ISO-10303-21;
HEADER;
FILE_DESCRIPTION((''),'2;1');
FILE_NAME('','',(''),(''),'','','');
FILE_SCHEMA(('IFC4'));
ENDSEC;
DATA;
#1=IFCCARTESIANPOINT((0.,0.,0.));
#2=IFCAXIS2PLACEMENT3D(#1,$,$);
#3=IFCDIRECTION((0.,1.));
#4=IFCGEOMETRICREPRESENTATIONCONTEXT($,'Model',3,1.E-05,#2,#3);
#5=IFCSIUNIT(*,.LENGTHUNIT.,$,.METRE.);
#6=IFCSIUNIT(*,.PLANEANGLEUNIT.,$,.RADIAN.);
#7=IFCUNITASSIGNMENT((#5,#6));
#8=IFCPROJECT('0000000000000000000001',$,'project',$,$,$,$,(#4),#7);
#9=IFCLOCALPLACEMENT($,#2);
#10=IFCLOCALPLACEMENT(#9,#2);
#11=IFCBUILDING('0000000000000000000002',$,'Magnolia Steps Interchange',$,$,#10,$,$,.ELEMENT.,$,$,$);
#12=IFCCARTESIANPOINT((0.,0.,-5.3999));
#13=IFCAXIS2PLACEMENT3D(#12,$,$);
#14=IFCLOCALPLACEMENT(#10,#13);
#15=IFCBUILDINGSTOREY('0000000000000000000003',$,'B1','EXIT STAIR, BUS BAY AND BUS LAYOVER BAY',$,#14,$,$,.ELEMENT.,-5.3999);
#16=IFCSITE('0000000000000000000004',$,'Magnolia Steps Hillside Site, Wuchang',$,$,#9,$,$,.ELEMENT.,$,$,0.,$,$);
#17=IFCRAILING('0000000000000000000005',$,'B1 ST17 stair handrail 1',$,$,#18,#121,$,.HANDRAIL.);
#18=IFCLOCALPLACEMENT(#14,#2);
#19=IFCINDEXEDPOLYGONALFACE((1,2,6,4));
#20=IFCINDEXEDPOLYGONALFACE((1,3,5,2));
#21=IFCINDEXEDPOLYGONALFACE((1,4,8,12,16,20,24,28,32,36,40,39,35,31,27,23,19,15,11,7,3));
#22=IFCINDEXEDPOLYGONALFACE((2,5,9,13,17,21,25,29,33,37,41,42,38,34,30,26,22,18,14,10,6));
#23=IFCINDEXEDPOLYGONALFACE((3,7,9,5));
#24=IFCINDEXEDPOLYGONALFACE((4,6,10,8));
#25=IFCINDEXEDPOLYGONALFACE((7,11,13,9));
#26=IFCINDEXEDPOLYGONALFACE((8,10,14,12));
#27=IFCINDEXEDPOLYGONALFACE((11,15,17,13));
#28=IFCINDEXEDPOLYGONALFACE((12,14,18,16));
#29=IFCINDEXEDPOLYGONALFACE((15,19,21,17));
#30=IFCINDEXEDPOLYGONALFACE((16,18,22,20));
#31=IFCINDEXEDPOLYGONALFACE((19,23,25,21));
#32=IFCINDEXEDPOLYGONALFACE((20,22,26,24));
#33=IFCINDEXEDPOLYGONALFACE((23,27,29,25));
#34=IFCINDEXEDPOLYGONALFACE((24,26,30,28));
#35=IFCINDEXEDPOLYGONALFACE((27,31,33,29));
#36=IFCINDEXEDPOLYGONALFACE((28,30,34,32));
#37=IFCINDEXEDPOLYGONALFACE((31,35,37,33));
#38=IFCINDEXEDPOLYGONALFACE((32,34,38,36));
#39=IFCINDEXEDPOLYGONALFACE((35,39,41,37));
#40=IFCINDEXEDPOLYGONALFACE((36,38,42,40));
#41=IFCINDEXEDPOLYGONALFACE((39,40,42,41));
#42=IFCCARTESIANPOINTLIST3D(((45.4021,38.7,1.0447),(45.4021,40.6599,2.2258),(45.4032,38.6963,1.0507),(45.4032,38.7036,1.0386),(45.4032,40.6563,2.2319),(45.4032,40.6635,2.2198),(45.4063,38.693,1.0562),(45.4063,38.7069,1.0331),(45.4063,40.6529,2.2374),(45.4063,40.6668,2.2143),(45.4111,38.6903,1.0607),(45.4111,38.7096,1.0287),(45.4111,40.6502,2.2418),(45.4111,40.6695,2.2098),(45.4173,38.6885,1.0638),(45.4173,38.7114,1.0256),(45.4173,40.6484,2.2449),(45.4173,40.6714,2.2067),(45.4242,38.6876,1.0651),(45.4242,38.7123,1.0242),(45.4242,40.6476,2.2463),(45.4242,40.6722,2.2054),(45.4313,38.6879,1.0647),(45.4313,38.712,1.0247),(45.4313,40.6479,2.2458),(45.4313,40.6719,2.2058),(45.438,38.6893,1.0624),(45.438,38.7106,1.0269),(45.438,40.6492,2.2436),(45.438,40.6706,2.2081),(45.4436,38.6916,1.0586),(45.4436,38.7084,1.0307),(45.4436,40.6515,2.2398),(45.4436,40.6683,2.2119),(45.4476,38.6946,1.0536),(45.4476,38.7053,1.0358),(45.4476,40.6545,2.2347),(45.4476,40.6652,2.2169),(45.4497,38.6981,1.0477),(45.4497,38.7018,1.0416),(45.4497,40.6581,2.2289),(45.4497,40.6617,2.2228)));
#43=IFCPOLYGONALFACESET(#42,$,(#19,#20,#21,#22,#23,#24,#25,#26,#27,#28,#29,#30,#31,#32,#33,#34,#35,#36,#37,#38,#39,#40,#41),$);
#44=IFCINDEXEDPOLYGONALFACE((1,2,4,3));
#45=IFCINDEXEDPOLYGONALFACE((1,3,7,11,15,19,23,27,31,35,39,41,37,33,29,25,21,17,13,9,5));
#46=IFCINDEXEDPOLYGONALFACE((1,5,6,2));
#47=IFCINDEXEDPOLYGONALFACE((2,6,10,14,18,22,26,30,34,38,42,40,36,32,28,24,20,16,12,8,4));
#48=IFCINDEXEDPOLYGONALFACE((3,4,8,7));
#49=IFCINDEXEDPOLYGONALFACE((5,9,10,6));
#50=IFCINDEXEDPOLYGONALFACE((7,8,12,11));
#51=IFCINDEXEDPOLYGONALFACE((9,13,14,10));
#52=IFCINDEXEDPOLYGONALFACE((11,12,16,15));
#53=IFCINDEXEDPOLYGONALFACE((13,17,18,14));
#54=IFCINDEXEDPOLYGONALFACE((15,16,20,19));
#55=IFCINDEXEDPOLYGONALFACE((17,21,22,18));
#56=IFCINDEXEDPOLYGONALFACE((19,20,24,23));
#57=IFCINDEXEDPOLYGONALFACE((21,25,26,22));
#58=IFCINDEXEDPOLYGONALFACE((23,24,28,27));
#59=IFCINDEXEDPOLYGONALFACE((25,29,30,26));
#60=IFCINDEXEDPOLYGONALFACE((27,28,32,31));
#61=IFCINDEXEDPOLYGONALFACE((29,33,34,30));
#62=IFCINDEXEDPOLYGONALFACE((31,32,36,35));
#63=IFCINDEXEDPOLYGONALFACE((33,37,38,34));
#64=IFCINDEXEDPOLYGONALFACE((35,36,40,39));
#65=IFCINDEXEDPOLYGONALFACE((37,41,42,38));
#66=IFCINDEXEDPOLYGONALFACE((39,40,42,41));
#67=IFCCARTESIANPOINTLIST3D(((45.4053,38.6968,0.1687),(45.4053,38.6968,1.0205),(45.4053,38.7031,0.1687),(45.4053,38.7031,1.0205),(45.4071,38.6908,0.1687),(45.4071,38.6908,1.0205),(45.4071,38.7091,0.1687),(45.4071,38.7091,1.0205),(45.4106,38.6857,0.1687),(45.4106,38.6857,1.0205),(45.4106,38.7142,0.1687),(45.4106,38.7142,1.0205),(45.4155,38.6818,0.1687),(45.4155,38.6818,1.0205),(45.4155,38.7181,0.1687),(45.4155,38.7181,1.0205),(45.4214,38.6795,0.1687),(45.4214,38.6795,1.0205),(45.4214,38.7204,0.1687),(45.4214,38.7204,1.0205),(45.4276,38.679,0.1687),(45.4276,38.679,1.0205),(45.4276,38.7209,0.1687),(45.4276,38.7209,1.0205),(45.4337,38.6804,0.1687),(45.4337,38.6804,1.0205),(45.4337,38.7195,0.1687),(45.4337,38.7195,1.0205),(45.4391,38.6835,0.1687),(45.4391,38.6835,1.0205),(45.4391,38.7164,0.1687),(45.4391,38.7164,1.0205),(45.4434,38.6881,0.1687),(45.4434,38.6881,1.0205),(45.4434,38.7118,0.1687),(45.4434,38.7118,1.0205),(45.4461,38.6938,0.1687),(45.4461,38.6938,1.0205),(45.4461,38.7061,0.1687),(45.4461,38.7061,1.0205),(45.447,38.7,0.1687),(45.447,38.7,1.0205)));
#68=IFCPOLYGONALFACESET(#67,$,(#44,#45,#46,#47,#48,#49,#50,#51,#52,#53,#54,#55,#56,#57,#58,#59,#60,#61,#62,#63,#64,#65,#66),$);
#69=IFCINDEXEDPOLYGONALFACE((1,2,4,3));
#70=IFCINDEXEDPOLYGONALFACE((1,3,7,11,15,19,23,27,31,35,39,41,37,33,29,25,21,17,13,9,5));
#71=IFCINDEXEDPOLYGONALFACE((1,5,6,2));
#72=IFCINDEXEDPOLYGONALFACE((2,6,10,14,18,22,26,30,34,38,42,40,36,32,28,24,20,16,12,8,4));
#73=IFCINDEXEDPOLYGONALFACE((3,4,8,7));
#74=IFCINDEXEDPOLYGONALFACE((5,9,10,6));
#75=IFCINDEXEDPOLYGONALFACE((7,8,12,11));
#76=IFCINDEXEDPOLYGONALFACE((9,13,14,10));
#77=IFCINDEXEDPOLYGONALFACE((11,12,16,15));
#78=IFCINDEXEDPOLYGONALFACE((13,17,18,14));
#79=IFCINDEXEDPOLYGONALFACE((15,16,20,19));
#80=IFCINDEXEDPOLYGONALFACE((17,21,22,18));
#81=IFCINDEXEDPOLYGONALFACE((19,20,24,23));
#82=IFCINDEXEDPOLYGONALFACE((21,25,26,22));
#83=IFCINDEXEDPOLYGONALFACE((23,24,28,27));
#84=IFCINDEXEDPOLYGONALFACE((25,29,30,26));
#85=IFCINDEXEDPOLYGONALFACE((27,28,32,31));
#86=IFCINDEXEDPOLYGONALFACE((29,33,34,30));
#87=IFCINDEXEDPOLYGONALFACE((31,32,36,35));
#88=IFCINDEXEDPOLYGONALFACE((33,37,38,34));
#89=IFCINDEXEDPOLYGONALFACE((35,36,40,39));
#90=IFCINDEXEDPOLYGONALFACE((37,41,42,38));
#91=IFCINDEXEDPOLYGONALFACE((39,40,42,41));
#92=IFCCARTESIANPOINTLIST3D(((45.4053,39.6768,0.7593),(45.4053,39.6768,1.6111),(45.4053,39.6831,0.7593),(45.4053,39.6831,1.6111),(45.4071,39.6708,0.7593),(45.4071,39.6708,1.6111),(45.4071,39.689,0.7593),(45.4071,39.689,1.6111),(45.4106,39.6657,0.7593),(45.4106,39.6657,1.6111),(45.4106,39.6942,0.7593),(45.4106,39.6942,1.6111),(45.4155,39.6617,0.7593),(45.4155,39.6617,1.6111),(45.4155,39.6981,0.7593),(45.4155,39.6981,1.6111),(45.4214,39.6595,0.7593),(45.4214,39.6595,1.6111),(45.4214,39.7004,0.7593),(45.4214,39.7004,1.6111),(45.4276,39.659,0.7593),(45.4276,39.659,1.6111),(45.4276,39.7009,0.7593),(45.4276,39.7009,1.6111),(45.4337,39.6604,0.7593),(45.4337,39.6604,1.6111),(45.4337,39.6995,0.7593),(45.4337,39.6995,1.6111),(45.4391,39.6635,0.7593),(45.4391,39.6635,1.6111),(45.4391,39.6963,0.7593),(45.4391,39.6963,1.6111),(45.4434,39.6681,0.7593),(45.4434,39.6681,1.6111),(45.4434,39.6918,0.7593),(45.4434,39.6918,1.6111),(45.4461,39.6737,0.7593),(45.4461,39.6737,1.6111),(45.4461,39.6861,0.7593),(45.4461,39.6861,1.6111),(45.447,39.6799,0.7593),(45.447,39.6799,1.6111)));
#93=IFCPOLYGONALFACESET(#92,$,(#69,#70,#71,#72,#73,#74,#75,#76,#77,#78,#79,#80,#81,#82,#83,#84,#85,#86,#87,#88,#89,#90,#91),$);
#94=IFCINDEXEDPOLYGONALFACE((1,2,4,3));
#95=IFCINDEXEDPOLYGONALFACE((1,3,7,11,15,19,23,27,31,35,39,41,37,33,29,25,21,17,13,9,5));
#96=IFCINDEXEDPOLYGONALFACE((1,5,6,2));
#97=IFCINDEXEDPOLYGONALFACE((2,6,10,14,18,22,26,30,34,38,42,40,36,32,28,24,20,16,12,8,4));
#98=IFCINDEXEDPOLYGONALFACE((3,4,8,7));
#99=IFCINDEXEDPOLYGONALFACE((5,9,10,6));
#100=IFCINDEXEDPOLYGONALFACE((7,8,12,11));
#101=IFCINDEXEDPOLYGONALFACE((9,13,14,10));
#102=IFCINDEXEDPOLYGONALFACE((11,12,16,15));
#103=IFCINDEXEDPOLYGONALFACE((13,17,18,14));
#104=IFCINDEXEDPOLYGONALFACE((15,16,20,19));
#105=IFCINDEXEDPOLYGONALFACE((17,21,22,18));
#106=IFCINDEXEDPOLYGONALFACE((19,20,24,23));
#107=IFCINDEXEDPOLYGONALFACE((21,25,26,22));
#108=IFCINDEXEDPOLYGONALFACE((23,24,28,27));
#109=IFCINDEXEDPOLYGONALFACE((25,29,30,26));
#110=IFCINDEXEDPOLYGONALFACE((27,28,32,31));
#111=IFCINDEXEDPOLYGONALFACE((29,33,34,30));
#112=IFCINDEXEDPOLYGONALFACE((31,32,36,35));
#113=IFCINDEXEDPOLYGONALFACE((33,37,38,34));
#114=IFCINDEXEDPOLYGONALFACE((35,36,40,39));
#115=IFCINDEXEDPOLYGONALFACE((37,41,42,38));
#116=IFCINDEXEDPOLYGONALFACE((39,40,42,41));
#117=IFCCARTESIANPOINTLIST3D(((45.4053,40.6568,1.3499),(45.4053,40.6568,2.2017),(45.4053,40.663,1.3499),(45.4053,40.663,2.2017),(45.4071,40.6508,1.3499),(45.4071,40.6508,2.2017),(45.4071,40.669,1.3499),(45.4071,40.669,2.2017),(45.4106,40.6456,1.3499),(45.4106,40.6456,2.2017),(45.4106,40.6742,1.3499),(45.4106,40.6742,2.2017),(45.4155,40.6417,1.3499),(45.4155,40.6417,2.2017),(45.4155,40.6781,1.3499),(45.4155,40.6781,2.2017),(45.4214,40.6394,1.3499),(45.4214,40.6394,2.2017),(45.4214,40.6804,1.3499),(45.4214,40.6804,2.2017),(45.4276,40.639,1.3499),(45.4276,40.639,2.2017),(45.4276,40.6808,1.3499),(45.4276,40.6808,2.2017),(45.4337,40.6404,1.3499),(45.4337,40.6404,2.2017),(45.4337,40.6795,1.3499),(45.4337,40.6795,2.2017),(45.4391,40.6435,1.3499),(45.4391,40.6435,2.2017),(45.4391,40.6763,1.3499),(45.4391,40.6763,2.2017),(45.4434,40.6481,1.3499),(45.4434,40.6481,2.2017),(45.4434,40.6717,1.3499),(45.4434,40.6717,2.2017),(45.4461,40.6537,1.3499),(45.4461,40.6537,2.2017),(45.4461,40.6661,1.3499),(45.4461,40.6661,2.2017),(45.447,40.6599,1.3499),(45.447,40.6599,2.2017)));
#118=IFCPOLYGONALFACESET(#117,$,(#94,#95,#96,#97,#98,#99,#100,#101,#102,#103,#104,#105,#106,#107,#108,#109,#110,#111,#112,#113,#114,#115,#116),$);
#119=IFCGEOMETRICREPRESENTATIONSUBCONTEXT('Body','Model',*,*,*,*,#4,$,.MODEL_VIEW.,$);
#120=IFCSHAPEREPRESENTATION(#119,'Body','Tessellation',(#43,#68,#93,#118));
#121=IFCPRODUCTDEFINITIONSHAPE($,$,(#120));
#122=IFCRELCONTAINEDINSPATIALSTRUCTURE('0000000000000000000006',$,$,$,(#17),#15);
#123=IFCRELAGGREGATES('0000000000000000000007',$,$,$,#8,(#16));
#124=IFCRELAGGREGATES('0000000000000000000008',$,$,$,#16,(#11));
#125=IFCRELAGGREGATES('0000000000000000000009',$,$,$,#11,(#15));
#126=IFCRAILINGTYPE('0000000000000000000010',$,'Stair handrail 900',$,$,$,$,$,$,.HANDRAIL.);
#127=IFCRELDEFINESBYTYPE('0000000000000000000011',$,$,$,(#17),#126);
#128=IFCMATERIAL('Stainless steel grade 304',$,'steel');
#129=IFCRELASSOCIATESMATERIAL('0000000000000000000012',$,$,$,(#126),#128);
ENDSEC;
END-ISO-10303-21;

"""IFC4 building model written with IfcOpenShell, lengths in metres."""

from ifc_helpers import new_model, si_unit, direction, frame, origin, origin_2d, place, context, subcontext, project, spatial, circle, extrude, material, type_object, element, save


model = new_model("IFC4")

# Units and contexts
model_context = context("Model", 3, precision=1e-05, world=origin(), true_north=direction((0.0, 1.0)))
body_context = subcontext(model_context, "Body", "Model", "MODEL_VIEW")
ifc_project = project(units=[si_unit("LENGTHUNIT", "METRE"), si_unit("PLANEANGLEUNIT", "RADIAN")], contexts=[model_context])

# Site, building, storey
site_placement = place(None, origin())
site = spatial("IfcSite", under=ifc_project, at=site_placement, Name="Magnolia Steps Hillside Site, Wuchang", CompositionType="ELEMENT", RefElevation=0.0)
building_placement = place(site_placement, origin())
building = spatial("IfcBuilding", under=site, at=building_placement, Name="Magnolia Steps Interchange", CompositionType="ELEMENT")
storey_placement = place(building_placement, frame((0.0, 0.0, -5.3999)))
storey = spatial("IfcBuildingStorey", under=building, at=storey_placement, Name="B1", Description="EXIT STAIR, BUS BAY AND BUS LAYOVER BAY", CompositionType="ELEMENT", Elevation=-5.3999)

# Railing
ifc_material_1 = material(Name="Stainless steel grade 304", Category="steel")
railing_type_1 = type_object("IfcRailingType", Name="Stair handrail 900", PredefinedType="HANDRAIL", material=ifc_material_1)
railing_1_placement = place(storey_placement, frame((45.426, 38.7, 0.1687)))
element("IfcRailing", 1, at=railing_1_placement, inside=storey, type_object=railing_type_1, Name="B1 ST17 stair handrail 1", PredefinedType="HANDRAIL", context=body_context, shape_type="SweptSolid", body=[
    extrude(circle(Radius=0.0239, at=origin_2d()), frame((0.0, 0.0, 0.876), z_axis=(0.0, 0.856493, 0.516158), x_axis=(-1.0, 0.0, 0.0)), (0.0, 0.0, 1.0), 2.2883),
    extrude(circle(Radius=0.021, at=origin_2d()), origin(), (0.0, 0.0, 1.0), 0.8518),
    extrude(circle(Radius=0.021, at=origin_2d()), frame((0.0, 0.98, 0.5906)), (0.0, 0.0, 1.0), 0.8518),
    extrude(circle(Radius=0.021, at=origin_2d()), frame((0.0, 1.96, 1.1812)), (0.0, 0.0, 1.0), 0.8518),
])

save(model, "model.ifc")
